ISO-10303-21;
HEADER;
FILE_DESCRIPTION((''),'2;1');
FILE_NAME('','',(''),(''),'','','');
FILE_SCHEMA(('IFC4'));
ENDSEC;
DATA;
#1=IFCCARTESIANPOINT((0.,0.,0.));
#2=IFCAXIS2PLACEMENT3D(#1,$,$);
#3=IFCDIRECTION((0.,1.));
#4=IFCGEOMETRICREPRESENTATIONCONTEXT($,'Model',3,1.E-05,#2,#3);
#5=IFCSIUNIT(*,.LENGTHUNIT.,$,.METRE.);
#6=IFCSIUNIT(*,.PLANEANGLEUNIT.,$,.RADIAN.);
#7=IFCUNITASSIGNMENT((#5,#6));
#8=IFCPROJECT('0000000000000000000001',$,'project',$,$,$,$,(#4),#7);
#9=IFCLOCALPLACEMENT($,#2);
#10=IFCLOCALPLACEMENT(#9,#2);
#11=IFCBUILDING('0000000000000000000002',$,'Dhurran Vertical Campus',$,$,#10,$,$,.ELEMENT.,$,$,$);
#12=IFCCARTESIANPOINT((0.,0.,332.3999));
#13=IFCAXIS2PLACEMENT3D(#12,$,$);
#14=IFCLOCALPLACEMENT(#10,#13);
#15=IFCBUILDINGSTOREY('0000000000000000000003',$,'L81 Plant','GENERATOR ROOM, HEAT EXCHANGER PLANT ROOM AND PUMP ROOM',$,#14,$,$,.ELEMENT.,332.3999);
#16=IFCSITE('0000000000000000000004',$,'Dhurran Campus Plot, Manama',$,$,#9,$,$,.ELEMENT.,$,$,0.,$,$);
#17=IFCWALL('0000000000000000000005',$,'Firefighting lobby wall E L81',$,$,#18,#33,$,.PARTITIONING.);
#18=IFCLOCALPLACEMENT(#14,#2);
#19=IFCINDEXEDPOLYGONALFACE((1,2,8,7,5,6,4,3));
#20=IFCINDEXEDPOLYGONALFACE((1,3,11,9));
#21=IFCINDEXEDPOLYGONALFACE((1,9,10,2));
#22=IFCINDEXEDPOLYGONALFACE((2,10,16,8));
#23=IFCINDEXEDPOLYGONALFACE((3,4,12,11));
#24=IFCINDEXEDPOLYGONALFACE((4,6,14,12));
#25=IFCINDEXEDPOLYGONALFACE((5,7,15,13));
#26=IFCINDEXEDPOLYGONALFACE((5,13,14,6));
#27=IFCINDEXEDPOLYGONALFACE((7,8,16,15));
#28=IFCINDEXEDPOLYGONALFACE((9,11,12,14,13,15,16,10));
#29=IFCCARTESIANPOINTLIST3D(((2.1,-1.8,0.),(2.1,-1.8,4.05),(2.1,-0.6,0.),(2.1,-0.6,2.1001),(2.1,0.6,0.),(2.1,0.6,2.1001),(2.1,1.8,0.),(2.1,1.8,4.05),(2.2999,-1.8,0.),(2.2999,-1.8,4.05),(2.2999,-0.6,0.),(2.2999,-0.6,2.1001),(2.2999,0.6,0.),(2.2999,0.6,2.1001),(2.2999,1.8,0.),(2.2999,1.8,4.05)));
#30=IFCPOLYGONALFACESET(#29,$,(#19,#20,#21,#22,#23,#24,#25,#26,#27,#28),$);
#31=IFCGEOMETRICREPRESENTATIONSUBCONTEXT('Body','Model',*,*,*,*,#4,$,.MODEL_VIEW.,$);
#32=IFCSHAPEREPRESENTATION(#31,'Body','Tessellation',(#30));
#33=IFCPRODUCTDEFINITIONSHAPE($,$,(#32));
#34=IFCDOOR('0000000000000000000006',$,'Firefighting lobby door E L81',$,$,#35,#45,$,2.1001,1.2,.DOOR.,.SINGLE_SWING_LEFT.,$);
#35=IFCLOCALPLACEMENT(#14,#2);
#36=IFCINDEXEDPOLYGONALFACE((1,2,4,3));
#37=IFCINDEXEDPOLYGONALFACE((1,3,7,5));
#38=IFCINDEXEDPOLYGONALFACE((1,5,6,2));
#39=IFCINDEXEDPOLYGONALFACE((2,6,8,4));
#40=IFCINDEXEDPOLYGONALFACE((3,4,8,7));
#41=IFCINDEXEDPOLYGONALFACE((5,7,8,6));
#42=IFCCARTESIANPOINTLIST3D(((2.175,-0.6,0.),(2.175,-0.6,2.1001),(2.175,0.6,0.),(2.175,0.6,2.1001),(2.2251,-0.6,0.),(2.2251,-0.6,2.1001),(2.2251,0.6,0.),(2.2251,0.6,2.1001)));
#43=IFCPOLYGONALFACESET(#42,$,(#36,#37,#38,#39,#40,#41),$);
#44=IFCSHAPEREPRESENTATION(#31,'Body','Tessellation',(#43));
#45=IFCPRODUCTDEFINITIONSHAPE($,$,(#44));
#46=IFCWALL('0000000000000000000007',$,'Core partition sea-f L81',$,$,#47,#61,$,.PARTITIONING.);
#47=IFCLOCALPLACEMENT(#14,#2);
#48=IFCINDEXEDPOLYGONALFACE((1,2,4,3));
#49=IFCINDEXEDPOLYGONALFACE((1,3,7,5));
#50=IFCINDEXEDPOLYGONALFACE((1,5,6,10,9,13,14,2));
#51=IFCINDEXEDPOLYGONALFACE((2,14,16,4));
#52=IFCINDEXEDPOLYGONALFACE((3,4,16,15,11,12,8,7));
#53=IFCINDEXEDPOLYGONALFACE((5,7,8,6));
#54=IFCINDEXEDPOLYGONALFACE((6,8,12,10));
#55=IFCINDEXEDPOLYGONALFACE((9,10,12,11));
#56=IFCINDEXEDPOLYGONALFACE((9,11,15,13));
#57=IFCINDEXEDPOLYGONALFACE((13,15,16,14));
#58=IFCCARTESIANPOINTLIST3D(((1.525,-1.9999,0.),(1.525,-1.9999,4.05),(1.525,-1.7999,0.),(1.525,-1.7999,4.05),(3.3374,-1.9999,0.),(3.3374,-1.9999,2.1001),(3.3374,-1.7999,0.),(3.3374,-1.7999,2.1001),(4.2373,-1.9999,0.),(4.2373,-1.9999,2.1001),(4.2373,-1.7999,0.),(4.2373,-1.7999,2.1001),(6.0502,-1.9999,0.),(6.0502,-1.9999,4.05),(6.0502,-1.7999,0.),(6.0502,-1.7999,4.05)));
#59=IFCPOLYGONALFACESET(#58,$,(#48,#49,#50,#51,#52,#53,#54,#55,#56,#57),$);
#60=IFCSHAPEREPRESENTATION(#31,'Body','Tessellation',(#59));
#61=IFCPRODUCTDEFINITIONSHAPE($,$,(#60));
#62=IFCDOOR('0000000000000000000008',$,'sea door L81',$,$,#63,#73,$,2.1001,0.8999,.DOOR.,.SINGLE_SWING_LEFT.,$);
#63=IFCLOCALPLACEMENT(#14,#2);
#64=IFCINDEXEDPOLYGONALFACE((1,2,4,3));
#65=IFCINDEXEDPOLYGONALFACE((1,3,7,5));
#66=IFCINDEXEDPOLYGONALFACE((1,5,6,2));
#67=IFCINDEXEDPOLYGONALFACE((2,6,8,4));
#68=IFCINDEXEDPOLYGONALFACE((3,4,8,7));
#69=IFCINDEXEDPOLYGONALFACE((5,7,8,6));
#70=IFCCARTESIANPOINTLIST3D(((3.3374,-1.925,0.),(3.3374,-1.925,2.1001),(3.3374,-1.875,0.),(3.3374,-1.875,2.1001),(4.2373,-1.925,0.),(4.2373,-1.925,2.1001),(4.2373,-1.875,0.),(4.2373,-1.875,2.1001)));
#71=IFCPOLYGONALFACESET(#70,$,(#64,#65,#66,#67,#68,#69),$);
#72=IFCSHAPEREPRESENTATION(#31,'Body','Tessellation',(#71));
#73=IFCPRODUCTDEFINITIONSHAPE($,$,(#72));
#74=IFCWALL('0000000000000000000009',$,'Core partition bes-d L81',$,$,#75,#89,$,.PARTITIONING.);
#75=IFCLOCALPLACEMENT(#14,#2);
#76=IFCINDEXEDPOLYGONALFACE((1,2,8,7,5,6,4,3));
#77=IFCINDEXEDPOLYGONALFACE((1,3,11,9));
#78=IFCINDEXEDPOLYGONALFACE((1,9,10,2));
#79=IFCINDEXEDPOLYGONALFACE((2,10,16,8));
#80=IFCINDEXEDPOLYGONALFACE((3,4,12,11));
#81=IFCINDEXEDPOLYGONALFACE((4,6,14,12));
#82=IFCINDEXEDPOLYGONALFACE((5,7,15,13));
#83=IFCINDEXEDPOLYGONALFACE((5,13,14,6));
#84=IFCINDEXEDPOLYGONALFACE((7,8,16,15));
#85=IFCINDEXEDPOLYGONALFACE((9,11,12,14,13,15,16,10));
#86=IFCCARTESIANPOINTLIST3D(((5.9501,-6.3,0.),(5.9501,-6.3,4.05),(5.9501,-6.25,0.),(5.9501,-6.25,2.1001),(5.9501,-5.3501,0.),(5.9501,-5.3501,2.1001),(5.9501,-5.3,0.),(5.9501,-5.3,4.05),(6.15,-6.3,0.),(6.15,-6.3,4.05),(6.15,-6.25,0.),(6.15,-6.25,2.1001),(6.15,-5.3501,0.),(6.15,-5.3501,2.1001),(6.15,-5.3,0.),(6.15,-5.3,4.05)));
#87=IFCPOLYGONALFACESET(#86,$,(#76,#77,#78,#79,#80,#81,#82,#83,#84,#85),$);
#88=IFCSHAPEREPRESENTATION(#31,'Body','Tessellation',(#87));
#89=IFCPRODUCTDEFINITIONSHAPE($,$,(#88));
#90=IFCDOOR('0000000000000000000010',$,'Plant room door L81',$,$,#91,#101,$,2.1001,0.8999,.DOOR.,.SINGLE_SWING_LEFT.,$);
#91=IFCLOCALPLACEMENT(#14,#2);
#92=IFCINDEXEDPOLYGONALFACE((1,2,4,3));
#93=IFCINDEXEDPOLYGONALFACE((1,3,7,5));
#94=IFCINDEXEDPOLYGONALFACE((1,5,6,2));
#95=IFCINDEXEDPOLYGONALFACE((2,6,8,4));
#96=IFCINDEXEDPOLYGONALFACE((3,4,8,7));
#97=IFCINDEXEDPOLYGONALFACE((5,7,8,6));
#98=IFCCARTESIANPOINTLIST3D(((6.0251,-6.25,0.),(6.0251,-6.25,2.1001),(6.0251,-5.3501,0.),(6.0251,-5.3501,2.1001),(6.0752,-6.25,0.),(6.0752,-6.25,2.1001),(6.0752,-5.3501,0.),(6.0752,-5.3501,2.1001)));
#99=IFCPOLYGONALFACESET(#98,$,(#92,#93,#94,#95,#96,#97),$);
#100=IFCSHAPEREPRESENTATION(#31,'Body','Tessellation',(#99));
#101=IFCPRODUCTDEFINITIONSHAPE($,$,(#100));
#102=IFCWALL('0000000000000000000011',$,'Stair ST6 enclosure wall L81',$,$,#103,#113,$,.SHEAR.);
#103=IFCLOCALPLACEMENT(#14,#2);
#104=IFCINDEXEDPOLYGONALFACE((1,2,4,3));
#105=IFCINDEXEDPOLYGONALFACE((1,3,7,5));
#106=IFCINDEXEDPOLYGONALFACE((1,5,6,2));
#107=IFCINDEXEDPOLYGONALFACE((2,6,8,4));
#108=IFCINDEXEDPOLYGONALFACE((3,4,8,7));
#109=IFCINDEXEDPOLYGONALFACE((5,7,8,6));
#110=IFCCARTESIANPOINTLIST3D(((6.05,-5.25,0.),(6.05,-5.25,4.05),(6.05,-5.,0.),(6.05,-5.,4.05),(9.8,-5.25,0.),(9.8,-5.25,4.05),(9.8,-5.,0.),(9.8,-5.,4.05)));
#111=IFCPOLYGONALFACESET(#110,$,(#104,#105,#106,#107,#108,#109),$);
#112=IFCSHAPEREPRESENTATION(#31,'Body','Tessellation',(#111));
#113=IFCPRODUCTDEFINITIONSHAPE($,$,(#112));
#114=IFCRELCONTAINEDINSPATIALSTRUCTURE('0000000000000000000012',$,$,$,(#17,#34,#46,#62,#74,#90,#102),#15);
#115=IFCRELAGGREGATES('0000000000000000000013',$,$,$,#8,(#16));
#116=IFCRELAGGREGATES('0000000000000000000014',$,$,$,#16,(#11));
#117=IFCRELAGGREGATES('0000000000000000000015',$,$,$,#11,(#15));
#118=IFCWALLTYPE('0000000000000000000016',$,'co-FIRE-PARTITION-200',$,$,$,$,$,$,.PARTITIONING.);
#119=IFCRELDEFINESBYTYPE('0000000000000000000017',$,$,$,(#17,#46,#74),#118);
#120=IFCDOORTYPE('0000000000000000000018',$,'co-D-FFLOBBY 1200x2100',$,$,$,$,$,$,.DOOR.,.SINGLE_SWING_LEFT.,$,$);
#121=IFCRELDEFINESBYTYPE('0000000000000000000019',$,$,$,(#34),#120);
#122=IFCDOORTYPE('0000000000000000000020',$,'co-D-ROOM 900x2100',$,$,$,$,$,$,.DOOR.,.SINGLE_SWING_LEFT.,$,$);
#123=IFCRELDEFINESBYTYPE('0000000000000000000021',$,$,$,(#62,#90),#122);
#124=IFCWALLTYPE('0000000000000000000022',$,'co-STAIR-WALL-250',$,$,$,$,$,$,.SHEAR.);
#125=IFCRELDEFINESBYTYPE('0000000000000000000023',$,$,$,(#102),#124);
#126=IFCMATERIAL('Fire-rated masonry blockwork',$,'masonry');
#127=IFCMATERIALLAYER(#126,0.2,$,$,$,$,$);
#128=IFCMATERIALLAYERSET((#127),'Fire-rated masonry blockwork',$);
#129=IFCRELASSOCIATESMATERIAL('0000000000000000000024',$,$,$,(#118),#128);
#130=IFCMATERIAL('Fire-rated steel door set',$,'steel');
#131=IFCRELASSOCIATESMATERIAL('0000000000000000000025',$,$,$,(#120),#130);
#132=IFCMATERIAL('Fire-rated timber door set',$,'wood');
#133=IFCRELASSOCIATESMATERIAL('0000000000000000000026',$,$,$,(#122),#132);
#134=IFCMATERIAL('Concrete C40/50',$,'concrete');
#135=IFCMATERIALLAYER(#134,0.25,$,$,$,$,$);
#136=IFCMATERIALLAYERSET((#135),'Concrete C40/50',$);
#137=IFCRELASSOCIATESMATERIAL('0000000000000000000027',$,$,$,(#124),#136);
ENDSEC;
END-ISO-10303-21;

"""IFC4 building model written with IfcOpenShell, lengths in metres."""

from ifc_helpers import new_model, si_unit, direction, frame, frame_2d, origin, place, context, subcontext, project, spatial, rectangle, extrude, material, layer, layer_set, type_object, element, fill, save


model = new_model("IFC4")

# Units and contexts
model_context = context("Model", 3, precision=1e-05, world=origin(), true_north=direction((0.0, 1.0)))
body_context = subcontext(model_context, "Body", "Model", "MODEL_VIEW")
ifc_project = project(units=[si_unit("LENGTHUNIT", "METRE"), si_unit("PLANEANGLEUNIT", "RADIAN")], contexts=[model_context])

# Site, building, storey
site_placement = place(None, origin())
site = spatial("IfcSite", under=ifc_project, at=site_placement, Name="Dhurran Campus Plot, Manama", CompositionType="ELEMENT", RefElevation=0.0)
building_placement = place(site_placement, origin())
building = spatial("IfcBuilding", under=site, at=building_placement, Name="Dhurran Vertical Campus", CompositionType="ELEMENT")
storey_placement = place(building_placement, frame((0.0, 0.0, 332.3999)))
storey = spatial("IfcBuildingStorey", under=building, at=storey_placement, Name="L81 Plant", Description="GENERATOR ROOM, HEAT EXCHANGER PLANT ROOM AND PUMP ROOM", CompositionType="ELEMENT", Elevation=332.3999)

# Walls, openings, doors
ifc_material_1 = material(Name="Fire-rated masonry blockwork", Category="masonry")
ifc_layer_1 = layer(ifc_material_1, 0.2)
ifc_layer_set_1 = layer_set([ifc_layer_1], Name="Fire-rated masonry blockwork")
wall_type_1 = type_object("IfcWallType", Name="co-FIRE-PARTITION-200", PredefinedType="PARTITIONING", material=ifc_layer_set_1)
wall_1_placement = place(storey_placement, frame((2.2, -1.8, 0.0), z_axis=(0.0, 0.0, 1.0), x_axis=(0.0, 1.0, 0.0)))
wall_1 = element("IfcWall", 1, at=wall_1_placement, inside=storey, type_object=wall_type_1, Name="Firefighting lobby wall E L81", PredefinedType="PARTITIONING", context=body_context, shape_type="SweptSolid", body=[
    extrude(rectangle(XDim=3.6001, YDim=0.2, at=frame_2d((1.8, 0.0))), origin(), (0.0, 0.0, 1.0), 4.05),
])
opening_1_placement = place(wall_1_placement, frame((1.2, 0.0, 0.0)))
opening_1 = element("IfcOpeningElement", 2, at=opening_1_placement, cuts=wall_1, PredefinedType="OPENING", context=body_context, shape_type="SweptSolid", body=[
    extrude(rectangle(XDim=1.2, YDim=2.1001, at=frame_2d((0.6001, 1.05))), frame((0.0, 0.1099, 0.0), z_axis=(0.0, -1.0, 0.0), x_axis=(1.0, 0.0, 0.0)), (0.0, 0.0, 1.0), 0.22),
])
ifc_material_2 = material(Name="Fire-rated steel door set", Category="steel")
door_type_1 = type_object("IfcDoorType", Name="co-D-FFLOBBY 1200x2100", OperationType="SINGLE_SWING_LEFT", PredefinedType="DOOR", material=ifc_material_2)
door_1_placement = place(opening_1_placement, origin())
door_1 = element("IfcDoor", 3, at=door_1_placement, inside=storey, type_object=door_type_1, Name="Firefighting lobby door E L81", OperationType="SINGLE_SWING_LEFT", OverallHeight=2.1001, OverallWidth=1.2, PredefinedType="DOOR", context=body_context, shape_type="SweptSolid", body=[
    extrude(rectangle(XDim=1.2, YDim=2.1001, at=frame_2d((0.6001, 1.05))), frame((0.0, 0.0249, 0.0), z_axis=(0.0, -1.0, 0.0), x_axis=(1.0, 0.0, 0.0)), (0.0, 0.0, 1.0), 0.05),
])
fill(opening_1, door_1)
wall_2_placement = place(storey_placement, frame((1.5249, -1.8999, 0.0), z_axis=(0.0, 0.0, 1.0), x_axis=(1.0, 0.0, 0.0)))
wall_2 = element("IfcWall", 4, at=wall_2_placement, inside=storey, type_object=wall_type_1, Name="Core partition sea-f L81", PredefinedType="PARTITIONING", context=body_context, shape_type="SweptSolid", body=[
    extrude(rectangle(XDim=4.5251, YDim=0.2, at=frame_2d((2.2627, 0.0))), origin(), (0.0, 0.0, 1.0), 4.05),
])
opening_2_placement = place(wall_2_placement, frame((1.8125, 0.0, 0.0)))
opening_2 = element("IfcOpeningElement", 5, at=opening_2_placement, cuts=wall_2, PredefinedType="OPENING", context=body_context, shape_type="SweptSolid", body=[
    extrude(rectangle(XDim=0.8999, YDim=2.1001, at=frame_2d((0.45, 1.05))), frame((0.0, 0.1099, 0.0), z_axis=(0.0, -1.0, 0.0), x_axis=(1.0, 0.0, 0.0)), (0.0, 0.0, 1.0), 0.22),
])
ifc_material_3 = material(Name="Fire-rated timber door set", Category="wood")
door_type_2 = type_object("IfcDoorType", Name="co-D-ROOM 900x2100", OperationType="SINGLE_SWING_LEFT", PredefinedType="DOOR", material=ifc_material_3)
door_2_placement = place(opening_2_placement, origin())
door_2 = element("IfcDoor", 6, at=door_2_placement, inside=storey, type_object=door_type_2, Name="sea door L81", OperationType="SINGLE_SWING_LEFT", OverallHeight=2.1001, OverallWidth=0.8999, PredefinedType="DOOR", context=body_context, shape_type="SweptSolid", body=[
    extrude(rectangle(XDim=0.8999, YDim=2.1001, at=frame_2d((0.45, 1.05))), frame((0.0, 0.0249, 0.0), z_axis=(0.0, -1.0, 0.0), x_axis=(1.0, 0.0, 0.0)), (0.0, 0.0, 1.0), 0.05),
])
fill(opening_2, door_2)
wall_3_placement = place(storey_placement, frame((6.05, -6.3, 0.0), z_axis=(0.0, 0.0, 1.0), x_axis=(0.0, 1.0, 0.0)))
wall_3 = element("IfcWall", 7, at=wall_3_placement, inside=storey, type_object=wall_type_1, Name="Core partition bes-d L81", PredefinedType="PARTITIONING", context=body_context, shape_type="SweptSolid", body=[
    extrude(rectangle(XDim=1.0, YDim=0.2, at=frame_2d((0.5, 0.0))), origin(), (0.0, 0.0, 1.0), 4.05),
])
opening_3_placement = place(wall_3_placement, frame((0.05, 0.0, 0.0)))
opening_3 = element("IfcOpeningElement", 8, at=opening_3_placement, cuts=wall_3, PredefinedType="OPENING", context=body_context, shape_type="SweptSolid", body=[
    extrude(rectangle(XDim=0.8999, YDim=2.1001, at=frame_2d((0.45, 1.05))), frame((0.0, 0.1099, 0.0), z_axis=(0.0, -1.0, 0.0), x_axis=(1.0, 0.0, 0.0)), (0.0, 0.0, 1.0), 0.22),
])
door_3_placement = place(opening_3_placement, origin())
door_3 = element("IfcDoor", 9, at=door_3_placement, inside=storey, type_object=door_type_2, Name="Plant room door L81", OperationType="SINGLE_SWING_LEFT", OverallHeight=2.1001, OverallWidth=0.8999, PredefinedType="DOOR", context=body_context, shape_type="SweptSolid", body=[
    extrude(rectangle(XDim=0.8999, YDim=2.1001, at=frame_2d((0.45, 1.05))), frame((0.0, 0.0249, 0.0), z_axis=(0.0, -1.0, 0.0), x_axis=(1.0, 0.0, 0.0)), (0.0, 0.0, 1.0), 0.05),
])
fill(opening_3, door_3)

# Wall
ifc_material_4 = material(Name="Concrete C40/50", Category="concrete")
ifc_layer_2 = layer(ifc_material_4, 0.25)
ifc_layer_set_2 = layer_set([ifc_layer_2], Name="Concrete C40/50")
wall_type_2 = type_object("IfcWallType", Name="co-STAIR-WALL-250", PredefinedType="SHEAR", material=ifc_layer_set_2)
wall_4_placement = place(storey_placement, frame((6.05, -5.125, 0.0), z_axis=(0.0, 0.0, 1.0), x_axis=(1.0, 0.0, 0.0)))
element("IfcWall", 10, at=wall_4_placement, inside=storey, type_object=wall_type_2, Name="Stair ST6 enclosure wall L81", PredefinedType="SHEAR", context=body_context, shape_type="SweptSolid", body=[
    extrude(rectangle(XDim=3.75, YDim=0.25, at=frame_2d((1.875, 0.0))), origin(), (0.0, 0.0, 1.0), 4.05),
])

save(model, "model.ifc")
